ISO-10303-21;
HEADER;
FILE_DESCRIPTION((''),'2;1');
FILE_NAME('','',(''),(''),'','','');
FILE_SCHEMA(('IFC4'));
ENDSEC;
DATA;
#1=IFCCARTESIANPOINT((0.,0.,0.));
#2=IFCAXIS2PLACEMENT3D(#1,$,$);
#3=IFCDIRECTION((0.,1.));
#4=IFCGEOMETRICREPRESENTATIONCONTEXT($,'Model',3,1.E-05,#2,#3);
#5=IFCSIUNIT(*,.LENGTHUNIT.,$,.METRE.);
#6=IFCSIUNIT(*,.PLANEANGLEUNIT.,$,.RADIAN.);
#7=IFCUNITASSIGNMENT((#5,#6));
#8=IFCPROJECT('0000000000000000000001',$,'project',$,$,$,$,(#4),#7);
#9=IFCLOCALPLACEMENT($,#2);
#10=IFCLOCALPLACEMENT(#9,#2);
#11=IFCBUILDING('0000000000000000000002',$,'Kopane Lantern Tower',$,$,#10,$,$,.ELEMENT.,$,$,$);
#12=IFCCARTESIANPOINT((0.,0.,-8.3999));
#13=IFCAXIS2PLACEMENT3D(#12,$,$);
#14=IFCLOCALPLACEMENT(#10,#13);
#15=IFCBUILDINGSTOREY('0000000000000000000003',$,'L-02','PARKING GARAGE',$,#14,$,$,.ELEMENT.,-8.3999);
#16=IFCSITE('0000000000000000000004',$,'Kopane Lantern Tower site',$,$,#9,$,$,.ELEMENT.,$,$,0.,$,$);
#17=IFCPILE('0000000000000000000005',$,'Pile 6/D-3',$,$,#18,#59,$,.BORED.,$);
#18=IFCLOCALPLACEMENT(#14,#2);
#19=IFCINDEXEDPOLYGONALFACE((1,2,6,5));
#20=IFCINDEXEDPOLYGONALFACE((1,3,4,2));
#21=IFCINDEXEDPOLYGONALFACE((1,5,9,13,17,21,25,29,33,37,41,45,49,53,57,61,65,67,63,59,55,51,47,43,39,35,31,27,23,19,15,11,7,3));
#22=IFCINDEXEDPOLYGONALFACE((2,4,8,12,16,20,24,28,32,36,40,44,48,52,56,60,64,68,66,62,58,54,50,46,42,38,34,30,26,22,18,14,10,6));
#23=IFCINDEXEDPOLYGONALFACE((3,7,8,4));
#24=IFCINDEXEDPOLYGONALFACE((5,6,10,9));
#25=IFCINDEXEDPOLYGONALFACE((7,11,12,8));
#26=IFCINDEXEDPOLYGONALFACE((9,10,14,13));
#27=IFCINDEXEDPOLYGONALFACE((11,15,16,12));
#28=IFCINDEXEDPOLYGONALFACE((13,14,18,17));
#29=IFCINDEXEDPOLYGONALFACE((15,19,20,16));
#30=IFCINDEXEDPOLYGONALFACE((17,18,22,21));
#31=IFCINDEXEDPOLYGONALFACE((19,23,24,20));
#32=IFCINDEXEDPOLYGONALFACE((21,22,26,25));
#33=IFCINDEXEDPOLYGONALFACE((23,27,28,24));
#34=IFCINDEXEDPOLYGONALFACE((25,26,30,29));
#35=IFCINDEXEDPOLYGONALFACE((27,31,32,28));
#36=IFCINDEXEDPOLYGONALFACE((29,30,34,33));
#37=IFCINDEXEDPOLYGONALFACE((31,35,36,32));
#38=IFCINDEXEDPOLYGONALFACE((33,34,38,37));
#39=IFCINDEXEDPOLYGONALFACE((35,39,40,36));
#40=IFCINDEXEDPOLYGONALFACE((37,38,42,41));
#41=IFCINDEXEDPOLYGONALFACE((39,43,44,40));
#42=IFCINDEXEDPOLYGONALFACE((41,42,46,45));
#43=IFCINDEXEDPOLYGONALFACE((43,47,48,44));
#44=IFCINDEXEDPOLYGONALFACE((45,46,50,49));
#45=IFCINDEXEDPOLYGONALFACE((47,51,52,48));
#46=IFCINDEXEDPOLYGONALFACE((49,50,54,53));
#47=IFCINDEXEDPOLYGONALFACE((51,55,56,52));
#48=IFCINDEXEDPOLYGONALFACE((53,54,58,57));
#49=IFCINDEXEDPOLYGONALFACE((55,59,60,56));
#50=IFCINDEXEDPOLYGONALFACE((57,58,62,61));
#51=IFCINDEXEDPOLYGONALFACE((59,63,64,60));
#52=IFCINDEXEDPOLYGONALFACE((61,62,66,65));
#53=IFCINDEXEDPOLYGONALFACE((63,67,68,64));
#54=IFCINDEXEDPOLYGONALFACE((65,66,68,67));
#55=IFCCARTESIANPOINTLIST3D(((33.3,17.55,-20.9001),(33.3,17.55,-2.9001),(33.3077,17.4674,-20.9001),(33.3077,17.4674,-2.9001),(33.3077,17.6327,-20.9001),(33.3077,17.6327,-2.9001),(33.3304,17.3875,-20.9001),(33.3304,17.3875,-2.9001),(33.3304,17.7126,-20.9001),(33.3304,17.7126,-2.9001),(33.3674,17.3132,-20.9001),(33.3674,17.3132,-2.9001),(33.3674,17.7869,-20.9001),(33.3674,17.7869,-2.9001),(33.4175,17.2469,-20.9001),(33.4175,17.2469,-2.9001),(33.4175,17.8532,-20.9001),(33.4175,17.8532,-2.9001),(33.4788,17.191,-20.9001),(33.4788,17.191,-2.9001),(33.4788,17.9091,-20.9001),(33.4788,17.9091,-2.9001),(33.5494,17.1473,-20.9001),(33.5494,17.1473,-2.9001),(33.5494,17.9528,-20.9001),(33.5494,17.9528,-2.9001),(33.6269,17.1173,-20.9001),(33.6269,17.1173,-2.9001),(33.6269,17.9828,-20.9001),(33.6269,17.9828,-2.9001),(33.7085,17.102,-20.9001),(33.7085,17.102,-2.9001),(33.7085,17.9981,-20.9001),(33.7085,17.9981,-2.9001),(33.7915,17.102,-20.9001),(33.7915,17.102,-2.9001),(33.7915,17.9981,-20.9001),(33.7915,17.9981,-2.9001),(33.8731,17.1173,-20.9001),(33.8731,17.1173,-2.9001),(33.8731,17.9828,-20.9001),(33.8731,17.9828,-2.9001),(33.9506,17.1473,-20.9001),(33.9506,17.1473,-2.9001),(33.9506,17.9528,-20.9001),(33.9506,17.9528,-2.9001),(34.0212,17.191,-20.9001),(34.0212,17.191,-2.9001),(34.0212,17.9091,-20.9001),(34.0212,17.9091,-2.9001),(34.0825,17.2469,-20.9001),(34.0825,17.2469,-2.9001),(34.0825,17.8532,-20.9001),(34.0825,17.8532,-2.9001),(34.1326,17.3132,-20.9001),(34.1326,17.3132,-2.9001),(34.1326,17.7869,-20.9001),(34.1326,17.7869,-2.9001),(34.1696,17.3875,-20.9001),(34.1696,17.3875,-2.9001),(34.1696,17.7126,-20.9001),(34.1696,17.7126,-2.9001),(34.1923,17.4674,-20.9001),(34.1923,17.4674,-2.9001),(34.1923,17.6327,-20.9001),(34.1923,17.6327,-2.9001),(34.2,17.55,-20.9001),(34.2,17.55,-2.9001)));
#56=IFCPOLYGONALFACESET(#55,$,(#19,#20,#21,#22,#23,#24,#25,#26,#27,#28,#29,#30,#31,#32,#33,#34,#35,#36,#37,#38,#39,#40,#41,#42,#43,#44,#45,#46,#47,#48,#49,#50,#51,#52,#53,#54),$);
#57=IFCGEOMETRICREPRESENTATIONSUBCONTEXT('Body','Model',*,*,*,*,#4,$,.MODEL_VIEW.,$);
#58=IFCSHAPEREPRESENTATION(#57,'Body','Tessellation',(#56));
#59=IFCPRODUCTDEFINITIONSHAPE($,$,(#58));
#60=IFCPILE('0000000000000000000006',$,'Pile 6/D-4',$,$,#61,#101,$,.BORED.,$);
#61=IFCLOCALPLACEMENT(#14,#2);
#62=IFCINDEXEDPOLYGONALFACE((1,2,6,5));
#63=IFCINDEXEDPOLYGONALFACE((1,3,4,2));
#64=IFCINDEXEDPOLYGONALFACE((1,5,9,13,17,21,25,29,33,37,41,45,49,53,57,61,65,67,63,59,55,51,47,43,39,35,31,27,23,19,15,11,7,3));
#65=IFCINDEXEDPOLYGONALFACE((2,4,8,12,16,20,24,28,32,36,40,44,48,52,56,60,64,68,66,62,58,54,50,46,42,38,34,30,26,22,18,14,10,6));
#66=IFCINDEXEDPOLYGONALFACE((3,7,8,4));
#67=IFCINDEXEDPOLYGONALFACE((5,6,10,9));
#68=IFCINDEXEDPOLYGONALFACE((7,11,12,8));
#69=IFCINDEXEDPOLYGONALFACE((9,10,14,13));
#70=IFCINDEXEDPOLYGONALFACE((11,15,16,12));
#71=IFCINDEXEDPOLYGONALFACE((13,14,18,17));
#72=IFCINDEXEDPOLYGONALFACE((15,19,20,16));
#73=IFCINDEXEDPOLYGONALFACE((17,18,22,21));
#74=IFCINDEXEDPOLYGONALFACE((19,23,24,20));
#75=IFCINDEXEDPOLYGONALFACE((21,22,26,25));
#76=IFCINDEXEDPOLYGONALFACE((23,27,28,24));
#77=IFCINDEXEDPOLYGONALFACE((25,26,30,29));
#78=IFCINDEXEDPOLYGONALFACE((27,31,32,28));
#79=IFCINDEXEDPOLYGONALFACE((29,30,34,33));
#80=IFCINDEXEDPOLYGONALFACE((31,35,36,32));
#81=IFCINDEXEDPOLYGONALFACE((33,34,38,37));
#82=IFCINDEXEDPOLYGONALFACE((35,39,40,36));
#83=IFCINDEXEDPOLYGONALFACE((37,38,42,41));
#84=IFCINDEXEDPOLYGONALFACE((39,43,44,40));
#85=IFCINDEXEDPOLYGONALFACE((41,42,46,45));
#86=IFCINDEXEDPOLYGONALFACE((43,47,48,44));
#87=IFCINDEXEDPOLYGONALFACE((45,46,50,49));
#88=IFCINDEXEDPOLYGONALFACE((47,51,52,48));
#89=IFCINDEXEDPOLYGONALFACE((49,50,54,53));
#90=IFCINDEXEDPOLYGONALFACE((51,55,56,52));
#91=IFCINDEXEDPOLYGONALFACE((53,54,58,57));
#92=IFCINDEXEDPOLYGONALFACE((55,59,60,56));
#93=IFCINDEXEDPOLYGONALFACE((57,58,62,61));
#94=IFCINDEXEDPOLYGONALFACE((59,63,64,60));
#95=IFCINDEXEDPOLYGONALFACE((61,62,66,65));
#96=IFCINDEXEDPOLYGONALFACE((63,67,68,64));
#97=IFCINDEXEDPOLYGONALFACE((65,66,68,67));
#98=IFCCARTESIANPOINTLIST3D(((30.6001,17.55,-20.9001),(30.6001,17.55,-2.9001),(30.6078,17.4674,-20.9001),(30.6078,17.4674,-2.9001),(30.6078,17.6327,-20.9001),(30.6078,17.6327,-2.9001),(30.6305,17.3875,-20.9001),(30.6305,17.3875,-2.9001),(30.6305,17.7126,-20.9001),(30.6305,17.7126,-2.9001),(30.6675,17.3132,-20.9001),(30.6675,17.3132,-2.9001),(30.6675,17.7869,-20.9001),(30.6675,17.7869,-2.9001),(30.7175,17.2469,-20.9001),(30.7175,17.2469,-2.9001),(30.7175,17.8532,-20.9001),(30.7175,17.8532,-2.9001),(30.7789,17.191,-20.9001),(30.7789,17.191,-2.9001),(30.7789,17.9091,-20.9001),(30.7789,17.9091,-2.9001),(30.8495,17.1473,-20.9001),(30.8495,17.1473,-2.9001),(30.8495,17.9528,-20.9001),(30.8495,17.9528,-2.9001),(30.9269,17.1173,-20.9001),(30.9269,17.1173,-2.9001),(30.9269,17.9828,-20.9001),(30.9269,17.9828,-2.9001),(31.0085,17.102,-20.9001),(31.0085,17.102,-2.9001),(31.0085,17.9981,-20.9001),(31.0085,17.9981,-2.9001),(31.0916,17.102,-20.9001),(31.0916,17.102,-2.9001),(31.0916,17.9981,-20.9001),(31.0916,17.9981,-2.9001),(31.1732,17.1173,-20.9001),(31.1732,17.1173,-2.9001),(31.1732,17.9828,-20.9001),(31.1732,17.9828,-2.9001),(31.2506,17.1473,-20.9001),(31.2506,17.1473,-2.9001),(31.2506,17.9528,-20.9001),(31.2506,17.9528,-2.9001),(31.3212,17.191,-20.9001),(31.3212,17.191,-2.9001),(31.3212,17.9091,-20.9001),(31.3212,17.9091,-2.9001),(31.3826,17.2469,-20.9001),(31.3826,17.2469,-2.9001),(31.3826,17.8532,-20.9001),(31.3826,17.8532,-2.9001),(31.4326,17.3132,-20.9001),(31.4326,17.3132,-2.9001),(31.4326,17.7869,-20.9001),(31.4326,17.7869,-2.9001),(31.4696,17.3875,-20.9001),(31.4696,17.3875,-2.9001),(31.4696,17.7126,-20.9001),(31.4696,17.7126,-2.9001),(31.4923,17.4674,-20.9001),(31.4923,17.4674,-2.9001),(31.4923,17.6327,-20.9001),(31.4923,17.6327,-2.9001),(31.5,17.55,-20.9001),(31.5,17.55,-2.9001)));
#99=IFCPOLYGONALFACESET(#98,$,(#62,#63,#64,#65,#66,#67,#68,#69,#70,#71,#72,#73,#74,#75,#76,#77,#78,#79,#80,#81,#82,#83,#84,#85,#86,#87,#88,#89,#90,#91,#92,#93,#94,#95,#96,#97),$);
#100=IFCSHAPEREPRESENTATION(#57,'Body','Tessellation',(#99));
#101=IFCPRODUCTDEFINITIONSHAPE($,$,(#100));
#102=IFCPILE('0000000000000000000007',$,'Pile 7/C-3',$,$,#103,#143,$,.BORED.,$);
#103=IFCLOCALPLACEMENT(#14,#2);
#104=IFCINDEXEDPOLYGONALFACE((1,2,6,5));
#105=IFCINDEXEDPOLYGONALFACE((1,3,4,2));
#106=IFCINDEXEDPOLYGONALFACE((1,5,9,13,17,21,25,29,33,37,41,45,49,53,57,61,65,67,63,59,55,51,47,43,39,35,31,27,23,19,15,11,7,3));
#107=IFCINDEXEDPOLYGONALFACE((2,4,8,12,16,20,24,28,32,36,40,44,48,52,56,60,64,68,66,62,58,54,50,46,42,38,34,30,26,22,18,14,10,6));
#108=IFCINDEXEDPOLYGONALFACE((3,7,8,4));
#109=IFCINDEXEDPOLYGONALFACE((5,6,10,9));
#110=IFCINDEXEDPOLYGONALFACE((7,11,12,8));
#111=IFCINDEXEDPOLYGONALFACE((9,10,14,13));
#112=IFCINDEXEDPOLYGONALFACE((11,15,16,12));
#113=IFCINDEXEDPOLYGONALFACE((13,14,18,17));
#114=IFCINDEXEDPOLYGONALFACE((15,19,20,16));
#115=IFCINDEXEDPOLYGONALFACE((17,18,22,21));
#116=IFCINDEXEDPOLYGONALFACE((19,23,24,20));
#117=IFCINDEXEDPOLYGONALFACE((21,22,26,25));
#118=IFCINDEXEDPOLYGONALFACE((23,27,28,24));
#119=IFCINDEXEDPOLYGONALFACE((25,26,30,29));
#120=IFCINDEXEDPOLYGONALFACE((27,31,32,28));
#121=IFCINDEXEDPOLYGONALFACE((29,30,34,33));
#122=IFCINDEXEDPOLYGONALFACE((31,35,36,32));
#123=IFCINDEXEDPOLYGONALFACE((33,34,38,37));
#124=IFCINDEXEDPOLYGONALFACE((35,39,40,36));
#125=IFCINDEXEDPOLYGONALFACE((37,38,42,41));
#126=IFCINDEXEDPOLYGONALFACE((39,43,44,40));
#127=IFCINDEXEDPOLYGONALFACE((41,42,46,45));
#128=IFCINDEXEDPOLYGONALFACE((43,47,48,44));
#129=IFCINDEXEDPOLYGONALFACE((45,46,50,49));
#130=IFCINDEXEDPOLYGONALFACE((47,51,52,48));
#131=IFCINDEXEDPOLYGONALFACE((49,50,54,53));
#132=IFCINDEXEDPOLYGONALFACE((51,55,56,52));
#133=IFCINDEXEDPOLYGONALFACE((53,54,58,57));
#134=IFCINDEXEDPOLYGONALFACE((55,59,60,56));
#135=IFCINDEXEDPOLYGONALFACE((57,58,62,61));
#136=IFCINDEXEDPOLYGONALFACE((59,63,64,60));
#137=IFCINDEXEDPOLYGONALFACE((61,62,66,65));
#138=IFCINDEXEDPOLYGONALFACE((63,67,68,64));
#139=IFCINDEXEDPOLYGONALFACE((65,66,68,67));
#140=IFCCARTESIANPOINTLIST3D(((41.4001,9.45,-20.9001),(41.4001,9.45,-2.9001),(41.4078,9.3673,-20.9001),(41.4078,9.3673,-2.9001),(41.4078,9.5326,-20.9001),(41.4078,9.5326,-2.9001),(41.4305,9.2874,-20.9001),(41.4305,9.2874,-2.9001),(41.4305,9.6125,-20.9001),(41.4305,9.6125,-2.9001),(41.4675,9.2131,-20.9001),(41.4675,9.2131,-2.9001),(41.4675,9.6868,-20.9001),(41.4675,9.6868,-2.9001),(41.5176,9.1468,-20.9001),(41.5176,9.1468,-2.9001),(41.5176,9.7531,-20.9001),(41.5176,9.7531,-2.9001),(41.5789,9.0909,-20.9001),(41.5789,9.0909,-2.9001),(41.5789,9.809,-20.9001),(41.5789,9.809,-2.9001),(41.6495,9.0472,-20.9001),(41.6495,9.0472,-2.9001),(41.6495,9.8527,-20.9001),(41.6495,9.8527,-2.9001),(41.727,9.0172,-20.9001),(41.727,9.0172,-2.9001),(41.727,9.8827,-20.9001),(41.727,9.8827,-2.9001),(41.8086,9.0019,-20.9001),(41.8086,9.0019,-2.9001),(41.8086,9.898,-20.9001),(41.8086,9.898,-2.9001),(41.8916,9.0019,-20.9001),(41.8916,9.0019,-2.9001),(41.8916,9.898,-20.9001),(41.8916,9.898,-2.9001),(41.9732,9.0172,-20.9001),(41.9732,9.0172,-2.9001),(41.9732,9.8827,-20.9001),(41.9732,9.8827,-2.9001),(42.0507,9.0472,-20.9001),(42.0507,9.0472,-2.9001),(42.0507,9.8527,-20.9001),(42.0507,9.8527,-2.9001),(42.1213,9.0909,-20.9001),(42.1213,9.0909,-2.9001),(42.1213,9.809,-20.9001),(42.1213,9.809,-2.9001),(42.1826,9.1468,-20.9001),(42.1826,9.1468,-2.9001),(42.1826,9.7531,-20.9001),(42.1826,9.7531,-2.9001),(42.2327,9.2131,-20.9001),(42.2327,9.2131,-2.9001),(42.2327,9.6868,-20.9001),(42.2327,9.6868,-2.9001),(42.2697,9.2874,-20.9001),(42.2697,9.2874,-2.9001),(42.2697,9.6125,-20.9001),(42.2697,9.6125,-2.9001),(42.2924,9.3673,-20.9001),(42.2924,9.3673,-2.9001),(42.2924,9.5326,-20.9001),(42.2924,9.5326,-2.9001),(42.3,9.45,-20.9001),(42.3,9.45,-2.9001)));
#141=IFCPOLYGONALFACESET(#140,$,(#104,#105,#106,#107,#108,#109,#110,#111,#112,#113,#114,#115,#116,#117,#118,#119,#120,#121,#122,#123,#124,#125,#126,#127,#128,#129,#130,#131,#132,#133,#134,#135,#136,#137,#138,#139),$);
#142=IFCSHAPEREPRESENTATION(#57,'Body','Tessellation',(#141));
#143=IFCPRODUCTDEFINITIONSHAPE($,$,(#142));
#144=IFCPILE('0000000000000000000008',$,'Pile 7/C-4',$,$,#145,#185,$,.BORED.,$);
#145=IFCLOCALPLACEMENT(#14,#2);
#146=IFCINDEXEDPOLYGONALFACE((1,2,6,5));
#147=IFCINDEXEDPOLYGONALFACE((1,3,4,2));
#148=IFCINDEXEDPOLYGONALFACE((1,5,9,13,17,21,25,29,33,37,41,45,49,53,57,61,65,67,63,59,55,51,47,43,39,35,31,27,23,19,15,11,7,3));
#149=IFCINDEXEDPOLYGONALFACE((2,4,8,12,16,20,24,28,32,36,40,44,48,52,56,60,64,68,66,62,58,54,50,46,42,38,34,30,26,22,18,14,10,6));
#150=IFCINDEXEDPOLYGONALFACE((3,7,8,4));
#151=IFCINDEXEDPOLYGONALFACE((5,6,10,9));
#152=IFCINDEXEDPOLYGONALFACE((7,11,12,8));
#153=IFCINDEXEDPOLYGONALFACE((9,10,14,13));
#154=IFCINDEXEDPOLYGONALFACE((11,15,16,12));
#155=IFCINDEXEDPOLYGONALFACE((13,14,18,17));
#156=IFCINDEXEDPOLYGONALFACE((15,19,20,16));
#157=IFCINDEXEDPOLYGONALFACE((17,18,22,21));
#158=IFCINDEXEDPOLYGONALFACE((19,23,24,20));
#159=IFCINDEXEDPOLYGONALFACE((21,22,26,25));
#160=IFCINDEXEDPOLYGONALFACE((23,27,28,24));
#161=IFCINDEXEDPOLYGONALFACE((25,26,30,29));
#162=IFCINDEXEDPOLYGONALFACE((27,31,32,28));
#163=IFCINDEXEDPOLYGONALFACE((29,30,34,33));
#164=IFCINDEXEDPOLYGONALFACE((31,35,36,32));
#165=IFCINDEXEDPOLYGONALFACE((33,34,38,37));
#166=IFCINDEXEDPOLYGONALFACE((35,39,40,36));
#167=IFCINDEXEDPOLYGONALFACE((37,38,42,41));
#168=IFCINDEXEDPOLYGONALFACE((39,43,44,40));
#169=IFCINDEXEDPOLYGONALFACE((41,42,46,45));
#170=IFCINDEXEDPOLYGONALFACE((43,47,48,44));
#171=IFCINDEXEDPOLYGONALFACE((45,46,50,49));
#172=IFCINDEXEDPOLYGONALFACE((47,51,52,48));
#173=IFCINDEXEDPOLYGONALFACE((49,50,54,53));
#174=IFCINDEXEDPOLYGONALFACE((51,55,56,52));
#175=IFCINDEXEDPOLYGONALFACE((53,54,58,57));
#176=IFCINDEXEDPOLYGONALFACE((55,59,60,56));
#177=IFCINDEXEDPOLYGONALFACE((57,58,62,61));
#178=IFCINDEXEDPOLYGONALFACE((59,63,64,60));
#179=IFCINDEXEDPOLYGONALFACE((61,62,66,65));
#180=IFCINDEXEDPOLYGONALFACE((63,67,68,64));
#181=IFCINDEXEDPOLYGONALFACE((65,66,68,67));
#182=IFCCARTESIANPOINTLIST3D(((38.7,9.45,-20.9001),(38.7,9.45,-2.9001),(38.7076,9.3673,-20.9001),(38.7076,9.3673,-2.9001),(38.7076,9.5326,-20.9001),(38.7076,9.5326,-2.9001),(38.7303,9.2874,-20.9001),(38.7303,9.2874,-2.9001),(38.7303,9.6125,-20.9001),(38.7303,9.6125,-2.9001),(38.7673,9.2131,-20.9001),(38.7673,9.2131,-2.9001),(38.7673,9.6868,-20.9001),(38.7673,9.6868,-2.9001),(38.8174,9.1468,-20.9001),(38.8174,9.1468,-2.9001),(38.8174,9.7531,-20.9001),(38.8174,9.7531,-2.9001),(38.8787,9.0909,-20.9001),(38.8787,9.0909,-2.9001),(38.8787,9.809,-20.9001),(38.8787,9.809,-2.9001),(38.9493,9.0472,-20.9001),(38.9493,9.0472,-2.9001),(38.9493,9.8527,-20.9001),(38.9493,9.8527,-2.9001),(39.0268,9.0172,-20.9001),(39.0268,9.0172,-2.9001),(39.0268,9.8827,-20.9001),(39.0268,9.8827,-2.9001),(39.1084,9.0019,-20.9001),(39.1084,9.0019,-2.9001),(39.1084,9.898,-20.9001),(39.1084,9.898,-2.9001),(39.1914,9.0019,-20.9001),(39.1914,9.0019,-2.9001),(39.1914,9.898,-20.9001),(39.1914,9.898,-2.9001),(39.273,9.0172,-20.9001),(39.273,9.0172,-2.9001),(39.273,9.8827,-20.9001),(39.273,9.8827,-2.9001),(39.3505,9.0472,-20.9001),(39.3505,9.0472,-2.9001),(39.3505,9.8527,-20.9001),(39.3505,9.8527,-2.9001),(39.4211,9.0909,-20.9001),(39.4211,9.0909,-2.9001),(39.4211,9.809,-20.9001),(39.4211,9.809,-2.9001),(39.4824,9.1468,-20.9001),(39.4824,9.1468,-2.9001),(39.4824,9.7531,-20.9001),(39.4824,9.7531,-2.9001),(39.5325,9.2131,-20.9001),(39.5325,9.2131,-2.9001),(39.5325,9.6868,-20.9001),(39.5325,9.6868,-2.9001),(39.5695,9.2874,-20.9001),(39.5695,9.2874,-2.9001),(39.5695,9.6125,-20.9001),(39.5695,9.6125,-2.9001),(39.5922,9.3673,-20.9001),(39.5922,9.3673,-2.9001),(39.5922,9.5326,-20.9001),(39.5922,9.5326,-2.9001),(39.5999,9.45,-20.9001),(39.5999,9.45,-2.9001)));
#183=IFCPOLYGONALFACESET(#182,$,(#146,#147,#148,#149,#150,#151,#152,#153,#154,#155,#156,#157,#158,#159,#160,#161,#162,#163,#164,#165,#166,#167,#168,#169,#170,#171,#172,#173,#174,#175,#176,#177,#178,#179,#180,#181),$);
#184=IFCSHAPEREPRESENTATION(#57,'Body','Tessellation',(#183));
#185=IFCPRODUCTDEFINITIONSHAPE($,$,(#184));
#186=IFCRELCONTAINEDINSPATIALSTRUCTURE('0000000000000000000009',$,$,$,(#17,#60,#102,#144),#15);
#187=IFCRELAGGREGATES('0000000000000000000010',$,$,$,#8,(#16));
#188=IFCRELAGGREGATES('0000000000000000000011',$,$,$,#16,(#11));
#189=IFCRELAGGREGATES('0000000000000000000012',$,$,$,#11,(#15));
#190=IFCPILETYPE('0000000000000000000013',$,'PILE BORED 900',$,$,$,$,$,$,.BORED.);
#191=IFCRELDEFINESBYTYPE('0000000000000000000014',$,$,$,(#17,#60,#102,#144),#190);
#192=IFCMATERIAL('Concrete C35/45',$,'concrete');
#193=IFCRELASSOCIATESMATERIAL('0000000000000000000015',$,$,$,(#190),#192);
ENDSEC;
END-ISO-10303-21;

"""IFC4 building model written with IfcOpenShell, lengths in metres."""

from ifc_helpers import new_model, si_unit, direction, frame, origin, origin_2d, place, context, subcontext, project, spatial, circle, extrude, material, material_profile, profile_set, type_object, element, save


model = new_model("IFC4")

# Units and contexts
model_context = context("Model", 3, precision=1e-05, world=origin(), true_north=direction((0.0, 1.0)))
body_context = subcontext(model_context, "Body", "Model", "MODEL_VIEW")
ifc_project = project(units=[si_unit("LENGTHUNIT", "METRE"), si_unit("PLANEANGLEUNIT", "RADIAN")], contexts=[model_context])

# Site, building, storey
site_placement = place(None, origin())
site = spatial("IfcSite", under=ifc_project, at=site_placement, Name="Kopane Lantern Tower site", CompositionType="ELEMENT", RefElevation=0.0)
building_placement = place(site_placement, origin())
building = spatial("IfcBuilding", under=site, at=building_placement, Name="Kopane Lantern Tower", CompositionType="ELEMENT")
storey_placement = place(building_placement, frame((0.0, 0.0, -8.3999)))
storey = spatial("IfcBuildingStorey", under=building, at=storey_placement, Name="L-02", Description="PARKING GARAGE", CompositionType="ELEMENT", Elevation=-8.3999)

# Piles
ifc_material_1 = material(Name="Concrete C35/45", Category="concrete")
ifc_material_profile_1 = material_profile(ifc_material_1, circle(Radius=0.45, at=origin_2d()), Name="D900")
ifc_profile_set_1 = profile_set([ifc_material_profile_1], Name="Concrete C35/45")
pile_type_1 = type_object("IfcPileType", Name="PILE BORED 900", PredefinedType="BORED", material=ifc_profile_set_1)
for number, where, z_axis, x_axis, name in (
    (1, (33.75, 17.55, -2.9001), (0.0, 0.0, -1.0), (1.0, 0.0, 0.0), "Pile 6/D-3"),
    (2, (31.05, 17.55, -2.9001), (0.0, 0.0, -1.0), (1.0, 0.0, 0.0), "Pile 6/D-4"),
    (3, (41.8501, 9.45, -2.9001), (0.0, 0.0, -1.0), (1.0, 0.0, 0.0), "Pile 7/C-3"),
    (4, (39.1499, 9.45, -2.9001), (0.0, 0.0, -1.0), (1.0, 0.0, 0.0), "Pile 7/C-4"),
):
    element("IfcPile", number, at=place(storey_placement, frame(where, z_axis=z_axis, x_axis=x_axis)), inside=storey, type_object=pile_type_1, Name=name, PredefinedType="BORED", context=body_context, shape_type="SweptSolid", body=[
        extrude(circle(Radius=0.45, at=origin_2d()), origin(), (0.0, 0.0, 1.0), 18.0),
    ])

save(model, "model.ifc")
